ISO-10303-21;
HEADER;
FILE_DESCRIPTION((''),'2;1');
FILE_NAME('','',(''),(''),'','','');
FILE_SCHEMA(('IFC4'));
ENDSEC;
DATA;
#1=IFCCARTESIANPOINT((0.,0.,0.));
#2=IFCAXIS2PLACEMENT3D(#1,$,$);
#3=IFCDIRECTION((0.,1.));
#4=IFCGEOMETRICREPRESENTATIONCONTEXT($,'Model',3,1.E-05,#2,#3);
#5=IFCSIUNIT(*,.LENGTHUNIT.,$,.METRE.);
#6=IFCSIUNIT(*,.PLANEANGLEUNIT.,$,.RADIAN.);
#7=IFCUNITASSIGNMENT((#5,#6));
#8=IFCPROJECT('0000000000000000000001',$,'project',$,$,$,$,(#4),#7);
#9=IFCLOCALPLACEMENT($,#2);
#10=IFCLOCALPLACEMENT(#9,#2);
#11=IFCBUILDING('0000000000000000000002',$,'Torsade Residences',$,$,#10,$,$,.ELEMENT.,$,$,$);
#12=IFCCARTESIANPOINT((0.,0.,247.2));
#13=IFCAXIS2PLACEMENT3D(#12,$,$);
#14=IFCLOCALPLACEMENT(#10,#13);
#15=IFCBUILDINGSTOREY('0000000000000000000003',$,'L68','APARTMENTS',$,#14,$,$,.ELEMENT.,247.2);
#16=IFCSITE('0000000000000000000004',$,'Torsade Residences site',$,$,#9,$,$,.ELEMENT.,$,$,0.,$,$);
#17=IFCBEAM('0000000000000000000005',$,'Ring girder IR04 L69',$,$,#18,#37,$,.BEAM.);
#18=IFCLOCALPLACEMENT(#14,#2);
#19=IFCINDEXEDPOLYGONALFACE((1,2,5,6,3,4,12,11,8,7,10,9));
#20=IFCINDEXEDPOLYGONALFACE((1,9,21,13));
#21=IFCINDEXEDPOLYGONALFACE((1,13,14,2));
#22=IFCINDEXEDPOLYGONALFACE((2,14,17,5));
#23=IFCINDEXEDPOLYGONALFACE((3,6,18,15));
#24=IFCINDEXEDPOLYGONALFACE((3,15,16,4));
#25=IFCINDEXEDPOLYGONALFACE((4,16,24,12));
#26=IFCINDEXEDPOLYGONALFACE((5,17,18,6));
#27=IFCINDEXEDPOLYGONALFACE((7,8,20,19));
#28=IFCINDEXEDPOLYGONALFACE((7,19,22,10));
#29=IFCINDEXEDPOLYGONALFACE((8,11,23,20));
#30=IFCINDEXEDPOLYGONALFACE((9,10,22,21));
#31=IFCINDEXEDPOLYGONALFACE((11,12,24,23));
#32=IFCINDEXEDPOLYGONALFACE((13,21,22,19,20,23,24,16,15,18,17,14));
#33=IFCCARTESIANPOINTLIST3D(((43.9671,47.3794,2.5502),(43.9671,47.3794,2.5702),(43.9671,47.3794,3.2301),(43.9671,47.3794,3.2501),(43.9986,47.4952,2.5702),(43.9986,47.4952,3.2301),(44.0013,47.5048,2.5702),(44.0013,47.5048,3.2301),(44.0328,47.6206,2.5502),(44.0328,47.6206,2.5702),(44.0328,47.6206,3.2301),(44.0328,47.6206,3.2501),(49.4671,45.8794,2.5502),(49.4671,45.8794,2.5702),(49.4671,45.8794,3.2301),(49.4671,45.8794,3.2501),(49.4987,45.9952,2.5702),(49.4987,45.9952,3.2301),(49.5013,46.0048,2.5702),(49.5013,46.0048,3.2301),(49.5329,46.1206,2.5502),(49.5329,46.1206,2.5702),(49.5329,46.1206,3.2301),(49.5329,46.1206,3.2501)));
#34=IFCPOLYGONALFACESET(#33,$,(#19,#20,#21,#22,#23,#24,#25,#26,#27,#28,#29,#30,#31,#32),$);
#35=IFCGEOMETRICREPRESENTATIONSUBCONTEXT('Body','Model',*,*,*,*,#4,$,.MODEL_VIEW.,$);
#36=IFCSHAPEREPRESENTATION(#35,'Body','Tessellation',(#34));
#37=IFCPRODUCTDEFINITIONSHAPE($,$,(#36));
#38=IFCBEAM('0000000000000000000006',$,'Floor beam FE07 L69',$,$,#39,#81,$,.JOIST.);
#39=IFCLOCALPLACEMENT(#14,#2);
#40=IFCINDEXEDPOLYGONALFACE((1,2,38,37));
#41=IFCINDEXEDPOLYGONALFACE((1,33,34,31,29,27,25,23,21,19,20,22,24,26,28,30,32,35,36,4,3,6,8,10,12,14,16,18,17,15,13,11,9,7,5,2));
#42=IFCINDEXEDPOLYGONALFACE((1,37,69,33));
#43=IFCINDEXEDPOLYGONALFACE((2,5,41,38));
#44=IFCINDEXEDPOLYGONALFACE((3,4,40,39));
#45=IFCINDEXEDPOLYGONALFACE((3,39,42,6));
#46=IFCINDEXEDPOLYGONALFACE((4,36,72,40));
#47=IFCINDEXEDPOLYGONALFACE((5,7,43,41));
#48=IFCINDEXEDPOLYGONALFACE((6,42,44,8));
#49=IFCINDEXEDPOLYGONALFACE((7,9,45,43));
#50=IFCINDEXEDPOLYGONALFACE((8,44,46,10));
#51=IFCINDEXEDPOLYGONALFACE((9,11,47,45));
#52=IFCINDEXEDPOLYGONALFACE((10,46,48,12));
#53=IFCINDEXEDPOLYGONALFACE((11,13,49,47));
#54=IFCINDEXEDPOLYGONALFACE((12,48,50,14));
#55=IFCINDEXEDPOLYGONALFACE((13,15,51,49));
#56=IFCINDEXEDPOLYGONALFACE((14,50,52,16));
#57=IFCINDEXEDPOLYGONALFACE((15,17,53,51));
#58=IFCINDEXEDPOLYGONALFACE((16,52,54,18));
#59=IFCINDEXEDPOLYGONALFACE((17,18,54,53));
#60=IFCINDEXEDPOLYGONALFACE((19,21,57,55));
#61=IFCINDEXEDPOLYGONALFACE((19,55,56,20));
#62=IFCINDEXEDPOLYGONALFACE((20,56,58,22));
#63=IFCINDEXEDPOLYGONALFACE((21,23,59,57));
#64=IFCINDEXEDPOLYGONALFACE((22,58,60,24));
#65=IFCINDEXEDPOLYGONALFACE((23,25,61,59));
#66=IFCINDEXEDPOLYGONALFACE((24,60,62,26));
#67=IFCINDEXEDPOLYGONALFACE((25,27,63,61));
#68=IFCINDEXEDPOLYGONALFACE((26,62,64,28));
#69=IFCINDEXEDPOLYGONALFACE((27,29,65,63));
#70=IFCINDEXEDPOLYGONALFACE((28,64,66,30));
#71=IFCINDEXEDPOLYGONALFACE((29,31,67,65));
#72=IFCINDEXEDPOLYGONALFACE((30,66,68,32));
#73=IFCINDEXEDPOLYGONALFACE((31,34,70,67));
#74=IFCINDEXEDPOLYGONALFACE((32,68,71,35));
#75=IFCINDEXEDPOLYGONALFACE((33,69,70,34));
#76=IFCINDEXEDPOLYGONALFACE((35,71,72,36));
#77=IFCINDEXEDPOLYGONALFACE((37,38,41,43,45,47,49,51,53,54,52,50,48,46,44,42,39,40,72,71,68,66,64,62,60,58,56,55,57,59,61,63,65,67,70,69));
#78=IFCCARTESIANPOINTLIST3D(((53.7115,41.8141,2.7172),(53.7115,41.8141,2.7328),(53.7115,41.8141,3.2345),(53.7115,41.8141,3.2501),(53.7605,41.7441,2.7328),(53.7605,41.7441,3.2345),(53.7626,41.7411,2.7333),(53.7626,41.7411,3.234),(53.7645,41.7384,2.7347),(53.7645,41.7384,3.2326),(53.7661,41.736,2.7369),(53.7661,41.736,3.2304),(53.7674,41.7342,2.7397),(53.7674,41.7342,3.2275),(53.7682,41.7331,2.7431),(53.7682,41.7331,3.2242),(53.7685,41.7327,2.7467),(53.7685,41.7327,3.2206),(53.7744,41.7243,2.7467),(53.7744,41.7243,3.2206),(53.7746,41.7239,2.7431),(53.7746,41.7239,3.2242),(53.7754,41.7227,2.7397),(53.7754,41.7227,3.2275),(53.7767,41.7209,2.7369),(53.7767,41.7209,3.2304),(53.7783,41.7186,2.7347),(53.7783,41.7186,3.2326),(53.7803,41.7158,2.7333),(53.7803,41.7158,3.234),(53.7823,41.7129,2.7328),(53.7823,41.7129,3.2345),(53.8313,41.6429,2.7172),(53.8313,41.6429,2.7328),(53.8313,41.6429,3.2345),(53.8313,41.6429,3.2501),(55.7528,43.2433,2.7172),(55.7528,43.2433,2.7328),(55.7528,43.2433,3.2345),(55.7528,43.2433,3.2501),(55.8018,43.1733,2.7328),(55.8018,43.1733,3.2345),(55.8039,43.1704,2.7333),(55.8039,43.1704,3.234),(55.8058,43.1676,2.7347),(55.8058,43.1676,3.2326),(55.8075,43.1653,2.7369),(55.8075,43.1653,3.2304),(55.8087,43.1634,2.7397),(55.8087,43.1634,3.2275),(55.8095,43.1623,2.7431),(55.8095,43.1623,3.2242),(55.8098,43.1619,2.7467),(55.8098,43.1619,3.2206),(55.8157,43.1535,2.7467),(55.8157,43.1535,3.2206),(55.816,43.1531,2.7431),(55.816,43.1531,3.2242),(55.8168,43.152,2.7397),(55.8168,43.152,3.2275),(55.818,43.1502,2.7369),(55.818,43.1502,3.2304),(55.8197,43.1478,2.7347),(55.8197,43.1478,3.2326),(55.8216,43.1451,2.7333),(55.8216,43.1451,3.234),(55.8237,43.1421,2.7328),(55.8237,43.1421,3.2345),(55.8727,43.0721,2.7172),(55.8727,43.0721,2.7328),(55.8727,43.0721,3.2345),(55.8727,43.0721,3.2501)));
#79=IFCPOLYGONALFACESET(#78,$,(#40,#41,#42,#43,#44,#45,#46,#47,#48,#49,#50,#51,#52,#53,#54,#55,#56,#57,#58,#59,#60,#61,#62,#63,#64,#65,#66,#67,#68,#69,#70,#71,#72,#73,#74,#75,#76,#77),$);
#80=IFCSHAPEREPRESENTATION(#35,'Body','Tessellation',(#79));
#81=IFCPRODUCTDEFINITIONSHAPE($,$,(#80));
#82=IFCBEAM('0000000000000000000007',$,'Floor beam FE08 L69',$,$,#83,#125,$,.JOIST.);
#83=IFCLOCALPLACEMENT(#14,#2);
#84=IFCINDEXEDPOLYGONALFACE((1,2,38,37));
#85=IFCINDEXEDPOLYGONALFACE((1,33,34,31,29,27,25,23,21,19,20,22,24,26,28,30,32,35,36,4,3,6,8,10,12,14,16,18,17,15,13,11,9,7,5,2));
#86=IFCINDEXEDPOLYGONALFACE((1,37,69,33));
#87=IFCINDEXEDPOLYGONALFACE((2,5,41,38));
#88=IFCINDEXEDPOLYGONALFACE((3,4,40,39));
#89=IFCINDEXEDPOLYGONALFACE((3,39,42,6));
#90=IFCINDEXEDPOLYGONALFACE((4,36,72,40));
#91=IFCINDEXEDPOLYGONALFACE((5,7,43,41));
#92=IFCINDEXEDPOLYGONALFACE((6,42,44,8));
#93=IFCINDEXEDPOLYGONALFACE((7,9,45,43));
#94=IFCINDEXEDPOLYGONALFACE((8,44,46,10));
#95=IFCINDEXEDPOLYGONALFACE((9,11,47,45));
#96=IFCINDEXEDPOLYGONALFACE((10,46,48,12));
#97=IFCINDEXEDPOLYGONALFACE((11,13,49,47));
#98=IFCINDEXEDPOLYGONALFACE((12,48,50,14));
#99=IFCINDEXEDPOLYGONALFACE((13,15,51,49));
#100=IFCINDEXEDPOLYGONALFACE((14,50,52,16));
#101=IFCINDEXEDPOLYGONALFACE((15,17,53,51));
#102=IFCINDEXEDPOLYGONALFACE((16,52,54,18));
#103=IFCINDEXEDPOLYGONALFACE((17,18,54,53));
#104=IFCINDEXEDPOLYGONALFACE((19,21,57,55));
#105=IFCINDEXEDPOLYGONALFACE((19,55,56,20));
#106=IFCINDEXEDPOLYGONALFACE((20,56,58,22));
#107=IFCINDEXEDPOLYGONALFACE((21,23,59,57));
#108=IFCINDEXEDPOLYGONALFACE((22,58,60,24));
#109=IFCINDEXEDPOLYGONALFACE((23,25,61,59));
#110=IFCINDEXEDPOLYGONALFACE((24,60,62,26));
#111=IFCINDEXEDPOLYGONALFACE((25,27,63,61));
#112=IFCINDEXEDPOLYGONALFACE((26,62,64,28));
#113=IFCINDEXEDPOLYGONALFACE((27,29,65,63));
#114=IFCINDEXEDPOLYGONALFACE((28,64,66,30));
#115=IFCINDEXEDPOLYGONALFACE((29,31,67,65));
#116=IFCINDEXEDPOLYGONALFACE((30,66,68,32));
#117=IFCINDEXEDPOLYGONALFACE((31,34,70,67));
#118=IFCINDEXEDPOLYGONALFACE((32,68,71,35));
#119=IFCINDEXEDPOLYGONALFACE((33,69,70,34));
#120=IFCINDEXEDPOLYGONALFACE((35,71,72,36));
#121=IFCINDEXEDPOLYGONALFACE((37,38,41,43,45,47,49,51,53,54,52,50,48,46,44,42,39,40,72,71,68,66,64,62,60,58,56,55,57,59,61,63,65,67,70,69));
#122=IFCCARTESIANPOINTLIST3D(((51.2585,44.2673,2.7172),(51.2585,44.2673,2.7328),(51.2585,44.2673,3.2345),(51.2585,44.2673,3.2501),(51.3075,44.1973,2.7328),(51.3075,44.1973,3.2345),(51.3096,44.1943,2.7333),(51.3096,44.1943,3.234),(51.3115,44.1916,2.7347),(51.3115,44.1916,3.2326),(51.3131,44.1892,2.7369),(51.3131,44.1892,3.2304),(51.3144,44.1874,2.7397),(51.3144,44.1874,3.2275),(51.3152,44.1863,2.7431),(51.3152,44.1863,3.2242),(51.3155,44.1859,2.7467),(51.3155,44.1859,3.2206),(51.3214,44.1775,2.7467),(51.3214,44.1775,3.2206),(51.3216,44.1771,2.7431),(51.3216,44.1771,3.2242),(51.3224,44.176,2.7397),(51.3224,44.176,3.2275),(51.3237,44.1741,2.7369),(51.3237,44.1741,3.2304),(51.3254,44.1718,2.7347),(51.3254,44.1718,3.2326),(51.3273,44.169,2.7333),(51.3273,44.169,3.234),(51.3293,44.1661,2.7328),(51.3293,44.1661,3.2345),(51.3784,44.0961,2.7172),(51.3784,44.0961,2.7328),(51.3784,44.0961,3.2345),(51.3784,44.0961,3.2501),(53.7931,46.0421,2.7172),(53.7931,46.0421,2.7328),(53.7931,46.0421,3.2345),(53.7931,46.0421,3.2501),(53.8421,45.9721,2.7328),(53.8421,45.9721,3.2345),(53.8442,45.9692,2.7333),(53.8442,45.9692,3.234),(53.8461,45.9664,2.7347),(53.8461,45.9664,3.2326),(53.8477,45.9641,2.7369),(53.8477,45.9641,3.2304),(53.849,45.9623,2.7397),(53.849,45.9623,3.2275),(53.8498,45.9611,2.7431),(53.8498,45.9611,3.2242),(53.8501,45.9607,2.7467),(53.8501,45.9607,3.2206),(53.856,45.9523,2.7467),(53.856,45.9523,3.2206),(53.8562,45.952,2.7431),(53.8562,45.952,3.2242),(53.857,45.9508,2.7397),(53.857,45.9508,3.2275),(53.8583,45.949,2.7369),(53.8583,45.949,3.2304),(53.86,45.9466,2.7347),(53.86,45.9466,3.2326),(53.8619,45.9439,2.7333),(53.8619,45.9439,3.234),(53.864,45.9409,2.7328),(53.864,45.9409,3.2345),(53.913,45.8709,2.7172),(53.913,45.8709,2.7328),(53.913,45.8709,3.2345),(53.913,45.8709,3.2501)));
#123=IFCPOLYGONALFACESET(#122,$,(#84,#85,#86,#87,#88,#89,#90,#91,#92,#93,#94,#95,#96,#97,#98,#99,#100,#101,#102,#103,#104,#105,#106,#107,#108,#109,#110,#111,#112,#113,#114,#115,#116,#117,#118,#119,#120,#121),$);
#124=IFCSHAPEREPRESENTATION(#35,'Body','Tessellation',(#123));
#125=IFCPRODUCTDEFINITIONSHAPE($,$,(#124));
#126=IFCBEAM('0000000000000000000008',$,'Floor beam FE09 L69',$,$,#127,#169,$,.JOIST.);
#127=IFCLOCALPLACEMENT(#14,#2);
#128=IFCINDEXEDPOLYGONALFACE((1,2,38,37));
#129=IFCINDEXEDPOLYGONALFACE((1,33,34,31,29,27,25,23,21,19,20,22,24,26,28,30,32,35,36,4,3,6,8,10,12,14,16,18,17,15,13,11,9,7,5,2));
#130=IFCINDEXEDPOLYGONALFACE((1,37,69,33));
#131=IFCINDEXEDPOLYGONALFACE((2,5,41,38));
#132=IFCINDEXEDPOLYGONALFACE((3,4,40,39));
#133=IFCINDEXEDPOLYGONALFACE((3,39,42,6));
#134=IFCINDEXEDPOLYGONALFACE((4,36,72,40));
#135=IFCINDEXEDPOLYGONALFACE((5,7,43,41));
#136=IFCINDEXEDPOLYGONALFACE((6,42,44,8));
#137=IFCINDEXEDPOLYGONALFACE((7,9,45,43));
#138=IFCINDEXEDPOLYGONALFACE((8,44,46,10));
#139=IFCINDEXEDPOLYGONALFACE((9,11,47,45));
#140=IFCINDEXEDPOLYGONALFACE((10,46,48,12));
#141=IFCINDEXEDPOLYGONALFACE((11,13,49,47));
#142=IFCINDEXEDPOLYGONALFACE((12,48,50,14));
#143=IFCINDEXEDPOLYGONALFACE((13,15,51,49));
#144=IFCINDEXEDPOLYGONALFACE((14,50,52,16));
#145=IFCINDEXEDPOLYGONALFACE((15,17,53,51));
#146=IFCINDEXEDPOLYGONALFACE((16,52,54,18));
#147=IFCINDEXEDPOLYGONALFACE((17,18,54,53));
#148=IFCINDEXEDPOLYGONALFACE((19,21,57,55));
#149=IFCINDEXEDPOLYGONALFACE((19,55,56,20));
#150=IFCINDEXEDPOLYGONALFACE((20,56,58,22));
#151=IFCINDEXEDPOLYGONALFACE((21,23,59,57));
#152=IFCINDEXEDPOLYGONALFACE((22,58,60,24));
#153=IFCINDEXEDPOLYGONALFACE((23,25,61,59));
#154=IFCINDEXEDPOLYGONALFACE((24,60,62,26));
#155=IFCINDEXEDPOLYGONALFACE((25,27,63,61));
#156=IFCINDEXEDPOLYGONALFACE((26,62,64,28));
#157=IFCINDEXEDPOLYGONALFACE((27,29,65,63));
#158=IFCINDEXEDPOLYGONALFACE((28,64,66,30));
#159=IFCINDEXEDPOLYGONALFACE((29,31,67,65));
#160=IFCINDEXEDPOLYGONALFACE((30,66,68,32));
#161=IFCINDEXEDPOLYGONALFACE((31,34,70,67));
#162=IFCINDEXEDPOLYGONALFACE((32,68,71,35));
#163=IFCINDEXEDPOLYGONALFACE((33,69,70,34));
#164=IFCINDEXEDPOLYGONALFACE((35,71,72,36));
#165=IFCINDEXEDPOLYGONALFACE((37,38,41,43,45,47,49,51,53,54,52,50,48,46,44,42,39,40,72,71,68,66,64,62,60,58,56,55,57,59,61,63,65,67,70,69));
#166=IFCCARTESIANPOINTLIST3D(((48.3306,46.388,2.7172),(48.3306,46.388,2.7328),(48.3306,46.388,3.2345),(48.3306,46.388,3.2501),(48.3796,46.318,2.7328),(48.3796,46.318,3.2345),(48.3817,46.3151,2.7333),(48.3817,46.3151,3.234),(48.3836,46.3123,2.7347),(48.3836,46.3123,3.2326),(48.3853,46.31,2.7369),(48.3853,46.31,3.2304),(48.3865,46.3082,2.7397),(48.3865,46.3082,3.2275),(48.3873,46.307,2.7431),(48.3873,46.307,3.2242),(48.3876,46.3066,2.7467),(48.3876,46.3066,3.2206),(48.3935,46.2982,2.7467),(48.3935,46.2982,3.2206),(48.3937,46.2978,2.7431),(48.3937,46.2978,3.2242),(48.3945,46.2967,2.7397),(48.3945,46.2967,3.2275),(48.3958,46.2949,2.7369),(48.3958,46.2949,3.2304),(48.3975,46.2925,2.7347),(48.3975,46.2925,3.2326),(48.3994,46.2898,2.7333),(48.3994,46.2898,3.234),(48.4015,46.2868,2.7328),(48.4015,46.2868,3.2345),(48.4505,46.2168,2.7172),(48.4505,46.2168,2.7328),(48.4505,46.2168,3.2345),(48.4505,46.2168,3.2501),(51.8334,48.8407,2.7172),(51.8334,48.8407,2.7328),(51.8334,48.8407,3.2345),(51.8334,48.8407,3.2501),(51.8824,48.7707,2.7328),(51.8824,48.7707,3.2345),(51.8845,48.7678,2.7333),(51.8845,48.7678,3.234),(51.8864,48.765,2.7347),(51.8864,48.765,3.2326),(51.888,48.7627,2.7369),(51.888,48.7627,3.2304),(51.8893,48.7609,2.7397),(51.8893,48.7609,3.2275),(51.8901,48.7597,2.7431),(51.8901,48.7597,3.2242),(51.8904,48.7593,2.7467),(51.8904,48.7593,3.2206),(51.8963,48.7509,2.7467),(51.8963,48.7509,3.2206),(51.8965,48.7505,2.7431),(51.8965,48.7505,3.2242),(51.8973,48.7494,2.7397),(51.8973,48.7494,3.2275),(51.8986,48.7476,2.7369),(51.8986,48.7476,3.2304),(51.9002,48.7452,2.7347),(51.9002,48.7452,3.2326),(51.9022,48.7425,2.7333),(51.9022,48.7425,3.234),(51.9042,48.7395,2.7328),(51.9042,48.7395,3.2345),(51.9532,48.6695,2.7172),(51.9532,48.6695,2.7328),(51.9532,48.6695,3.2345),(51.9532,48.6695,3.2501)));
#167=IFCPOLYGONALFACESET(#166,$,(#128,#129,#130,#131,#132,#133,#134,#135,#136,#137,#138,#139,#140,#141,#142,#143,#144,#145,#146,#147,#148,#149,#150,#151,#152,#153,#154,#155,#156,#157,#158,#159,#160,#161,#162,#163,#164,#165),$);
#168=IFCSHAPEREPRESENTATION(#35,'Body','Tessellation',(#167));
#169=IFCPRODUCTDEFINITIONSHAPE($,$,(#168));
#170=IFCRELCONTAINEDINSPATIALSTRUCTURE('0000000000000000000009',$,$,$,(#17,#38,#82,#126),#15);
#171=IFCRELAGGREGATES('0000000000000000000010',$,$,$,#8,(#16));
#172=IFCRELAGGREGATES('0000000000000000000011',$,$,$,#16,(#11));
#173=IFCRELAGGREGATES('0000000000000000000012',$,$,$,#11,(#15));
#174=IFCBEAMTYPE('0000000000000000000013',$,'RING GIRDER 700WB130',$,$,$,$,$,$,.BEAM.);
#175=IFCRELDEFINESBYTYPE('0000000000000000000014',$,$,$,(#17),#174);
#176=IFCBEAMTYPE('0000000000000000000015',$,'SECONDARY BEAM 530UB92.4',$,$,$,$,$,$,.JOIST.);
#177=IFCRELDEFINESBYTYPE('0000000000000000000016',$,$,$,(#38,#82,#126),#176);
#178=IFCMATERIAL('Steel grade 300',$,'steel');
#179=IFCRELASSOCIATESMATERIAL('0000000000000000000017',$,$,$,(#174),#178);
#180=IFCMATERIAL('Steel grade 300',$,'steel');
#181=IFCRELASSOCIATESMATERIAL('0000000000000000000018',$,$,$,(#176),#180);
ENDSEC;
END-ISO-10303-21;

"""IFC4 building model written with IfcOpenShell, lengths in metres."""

from ifc_helpers import new_model, si_unit, direction, frame, origin, origin_2d, place, context, subcontext, project, spatial, i_section, extrude, material, material_profile, profile_set, type_object, element, save


model = new_model("IFC4")

# Units and contexts
model_context = context("Model", 3, precision=1e-05, world=origin(), true_north=direction((0.0, 1.0)))
body_context = subcontext(model_context, "Body", "Model", "MODEL_VIEW")
ifc_project = project(units=[si_unit("LENGTHUNIT", "METRE"), si_unit("PLANEANGLEUNIT", "RADIAN")], contexts=[model_context])

# Site, building, storey
site_placement = place(None, origin())
site = spatial("IfcSite", under=ifc_project, at=site_placement, Name="Torsade Residences site", CompositionType="ELEMENT", RefElevation=0.0)
building_placement = place(site_placement, origin())
building = spatial("IfcBuilding", under=site, at=building_placement, Name="Torsade Residences", CompositionType="ELEMENT")
storey_placement = place(building_placement, frame((0.0, 0.0, 247.2)))
storey = spatial("IfcBuildingStorey", under=building, at=storey_placement, Name="L68", Description="APARTMENTS", CompositionType="ELEMENT", Elevation=247.2)

# Beams
ifc_material_1 = material(Name="Steel grade 300", Category="steel")
ifc_material_profile_1 = material_profile(ifc_material_1, i_section(OverallWidth=0.25, OverallDepth=0.7, WebThickness=0.01, FlangeThickness=0.02, at=origin_2d()), Name="700WB130")
ifc_profile_set_1 = profile_set([ifc_material_profile_1], Name="Steel grade 300")
beam_type_1 = type_object("IfcBeamType", Name="RING GIRDER 700WB130", PredefinedType="BEAM", material=ifc_profile_set_1)
beam_1_placement = place(storey_placement, frame((49.5, 46.0, 2.9001), z_axis=(-0.964764, 0.263117, 0.0), x_axis=(-0.263117, -0.964764, 0.0)))
element("IfcBeam", 1, at=beam_1_placement, inside=storey, type_object=beam_type_1, Name="Ring girder IR04 L69", PredefinedType="BEAM", context=body_context, shape_type="SweptSolid", body=[
    extrude(i_section(OverallWidth=0.25, OverallDepth=0.7, WebThickness=0.01, FlangeThickness=0.02, at=origin_2d()), origin(), (0.0, 0.0, 1.0), 5.7009),
])
ifc_material_2 = material(Name="Steel grade 300", Category="steel")
ifc_material_profile_2 = material_profile(ifc_material_2, i_section(OverallWidth=0.209, OverallDepth=0.533, WebThickness=0.0103, FlangeThickness=0.0156, FilletRadius=0.0139, at=origin_2d()), Name="530UB92.4")
ifc_profile_set_2 = profile_set([ifc_material_profile_2], Name="Steel grade 300")
beam_type_2 = type_object("IfcBeamType", Name="SECONDARY BEAM 530UB92.4", PredefinedType="JOIST", material=ifc_profile_set_2)
beam_2_placement = place(storey_placement, frame((55.8127, 43.1577, 2.9836), z_axis=(-0.819172, -0.573548, 0.0), x_axis=(0.573548, -0.819172, 0.0)))
element("IfcBeam", 2, at=beam_2_placement, inside=storey, type_object=beam_type_2, Name="Floor beam FE07 L69", PredefinedType="JOIST", context=body_context, shape_type="SweptSolid", body=[
    extrude(i_section(OverallWidth=0.209, OverallDepth=0.533, WebThickness=0.0103, FlangeThickness=0.0156, FilletRadius=0.0139, at=origin_2d()), origin(), (0.0, 0.0, 1.0), 2.4919),
])
beam_3_placement = place(storey_placement, frame((53.853, 45.9565, 2.9836), z_axis=(-0.819136, -0.5736, 0.0), x_axis=(0.5736, -0.819136, 0.0)))
element("IfcBeam", 3, at=beam_3_placement, inside=storey, type_object=beam_type_2, Name="Floor beam FE08 L69", PredefinedType="JOIST", context=body_context, shape_type="SweptSolid", body=[
    extrude(i_section(OverallWidth=0.209, OverallDepth=0.533, WebThickness=0.0103, FlangeThickness=0.0156, FilletRadius=0.0139, at=origin_2d()), origin(), (0.0, 0.0, 1.0), 3.0942),
])
beam_4_placement = place(storey_placement, frame((51.8933, 48.7551, 2.9836), z_axis=(-0.819149, -0.573581, 0.0), x_axis=(0.573581, -0.819149, 0.0)))
element("IfcBeam", 4, at=beam_4_placement, inside=storey, type_object=beam_type_2, Name="Floor beam FE09 L69", PredefinedType="JOIST", context=body_context, shape_type="SweptSolid", body=[
    extrude(i_section(OverallWidth=0.209, OverallDepth=0.533, WebThickness=0.0103, FlangeThickness=0.0156, FilletRadius=0.0139, at=origin_2d()), origin(), (0.0, 0.0, 1.0), 4.2761),
])

save(model, "model.ifc")
